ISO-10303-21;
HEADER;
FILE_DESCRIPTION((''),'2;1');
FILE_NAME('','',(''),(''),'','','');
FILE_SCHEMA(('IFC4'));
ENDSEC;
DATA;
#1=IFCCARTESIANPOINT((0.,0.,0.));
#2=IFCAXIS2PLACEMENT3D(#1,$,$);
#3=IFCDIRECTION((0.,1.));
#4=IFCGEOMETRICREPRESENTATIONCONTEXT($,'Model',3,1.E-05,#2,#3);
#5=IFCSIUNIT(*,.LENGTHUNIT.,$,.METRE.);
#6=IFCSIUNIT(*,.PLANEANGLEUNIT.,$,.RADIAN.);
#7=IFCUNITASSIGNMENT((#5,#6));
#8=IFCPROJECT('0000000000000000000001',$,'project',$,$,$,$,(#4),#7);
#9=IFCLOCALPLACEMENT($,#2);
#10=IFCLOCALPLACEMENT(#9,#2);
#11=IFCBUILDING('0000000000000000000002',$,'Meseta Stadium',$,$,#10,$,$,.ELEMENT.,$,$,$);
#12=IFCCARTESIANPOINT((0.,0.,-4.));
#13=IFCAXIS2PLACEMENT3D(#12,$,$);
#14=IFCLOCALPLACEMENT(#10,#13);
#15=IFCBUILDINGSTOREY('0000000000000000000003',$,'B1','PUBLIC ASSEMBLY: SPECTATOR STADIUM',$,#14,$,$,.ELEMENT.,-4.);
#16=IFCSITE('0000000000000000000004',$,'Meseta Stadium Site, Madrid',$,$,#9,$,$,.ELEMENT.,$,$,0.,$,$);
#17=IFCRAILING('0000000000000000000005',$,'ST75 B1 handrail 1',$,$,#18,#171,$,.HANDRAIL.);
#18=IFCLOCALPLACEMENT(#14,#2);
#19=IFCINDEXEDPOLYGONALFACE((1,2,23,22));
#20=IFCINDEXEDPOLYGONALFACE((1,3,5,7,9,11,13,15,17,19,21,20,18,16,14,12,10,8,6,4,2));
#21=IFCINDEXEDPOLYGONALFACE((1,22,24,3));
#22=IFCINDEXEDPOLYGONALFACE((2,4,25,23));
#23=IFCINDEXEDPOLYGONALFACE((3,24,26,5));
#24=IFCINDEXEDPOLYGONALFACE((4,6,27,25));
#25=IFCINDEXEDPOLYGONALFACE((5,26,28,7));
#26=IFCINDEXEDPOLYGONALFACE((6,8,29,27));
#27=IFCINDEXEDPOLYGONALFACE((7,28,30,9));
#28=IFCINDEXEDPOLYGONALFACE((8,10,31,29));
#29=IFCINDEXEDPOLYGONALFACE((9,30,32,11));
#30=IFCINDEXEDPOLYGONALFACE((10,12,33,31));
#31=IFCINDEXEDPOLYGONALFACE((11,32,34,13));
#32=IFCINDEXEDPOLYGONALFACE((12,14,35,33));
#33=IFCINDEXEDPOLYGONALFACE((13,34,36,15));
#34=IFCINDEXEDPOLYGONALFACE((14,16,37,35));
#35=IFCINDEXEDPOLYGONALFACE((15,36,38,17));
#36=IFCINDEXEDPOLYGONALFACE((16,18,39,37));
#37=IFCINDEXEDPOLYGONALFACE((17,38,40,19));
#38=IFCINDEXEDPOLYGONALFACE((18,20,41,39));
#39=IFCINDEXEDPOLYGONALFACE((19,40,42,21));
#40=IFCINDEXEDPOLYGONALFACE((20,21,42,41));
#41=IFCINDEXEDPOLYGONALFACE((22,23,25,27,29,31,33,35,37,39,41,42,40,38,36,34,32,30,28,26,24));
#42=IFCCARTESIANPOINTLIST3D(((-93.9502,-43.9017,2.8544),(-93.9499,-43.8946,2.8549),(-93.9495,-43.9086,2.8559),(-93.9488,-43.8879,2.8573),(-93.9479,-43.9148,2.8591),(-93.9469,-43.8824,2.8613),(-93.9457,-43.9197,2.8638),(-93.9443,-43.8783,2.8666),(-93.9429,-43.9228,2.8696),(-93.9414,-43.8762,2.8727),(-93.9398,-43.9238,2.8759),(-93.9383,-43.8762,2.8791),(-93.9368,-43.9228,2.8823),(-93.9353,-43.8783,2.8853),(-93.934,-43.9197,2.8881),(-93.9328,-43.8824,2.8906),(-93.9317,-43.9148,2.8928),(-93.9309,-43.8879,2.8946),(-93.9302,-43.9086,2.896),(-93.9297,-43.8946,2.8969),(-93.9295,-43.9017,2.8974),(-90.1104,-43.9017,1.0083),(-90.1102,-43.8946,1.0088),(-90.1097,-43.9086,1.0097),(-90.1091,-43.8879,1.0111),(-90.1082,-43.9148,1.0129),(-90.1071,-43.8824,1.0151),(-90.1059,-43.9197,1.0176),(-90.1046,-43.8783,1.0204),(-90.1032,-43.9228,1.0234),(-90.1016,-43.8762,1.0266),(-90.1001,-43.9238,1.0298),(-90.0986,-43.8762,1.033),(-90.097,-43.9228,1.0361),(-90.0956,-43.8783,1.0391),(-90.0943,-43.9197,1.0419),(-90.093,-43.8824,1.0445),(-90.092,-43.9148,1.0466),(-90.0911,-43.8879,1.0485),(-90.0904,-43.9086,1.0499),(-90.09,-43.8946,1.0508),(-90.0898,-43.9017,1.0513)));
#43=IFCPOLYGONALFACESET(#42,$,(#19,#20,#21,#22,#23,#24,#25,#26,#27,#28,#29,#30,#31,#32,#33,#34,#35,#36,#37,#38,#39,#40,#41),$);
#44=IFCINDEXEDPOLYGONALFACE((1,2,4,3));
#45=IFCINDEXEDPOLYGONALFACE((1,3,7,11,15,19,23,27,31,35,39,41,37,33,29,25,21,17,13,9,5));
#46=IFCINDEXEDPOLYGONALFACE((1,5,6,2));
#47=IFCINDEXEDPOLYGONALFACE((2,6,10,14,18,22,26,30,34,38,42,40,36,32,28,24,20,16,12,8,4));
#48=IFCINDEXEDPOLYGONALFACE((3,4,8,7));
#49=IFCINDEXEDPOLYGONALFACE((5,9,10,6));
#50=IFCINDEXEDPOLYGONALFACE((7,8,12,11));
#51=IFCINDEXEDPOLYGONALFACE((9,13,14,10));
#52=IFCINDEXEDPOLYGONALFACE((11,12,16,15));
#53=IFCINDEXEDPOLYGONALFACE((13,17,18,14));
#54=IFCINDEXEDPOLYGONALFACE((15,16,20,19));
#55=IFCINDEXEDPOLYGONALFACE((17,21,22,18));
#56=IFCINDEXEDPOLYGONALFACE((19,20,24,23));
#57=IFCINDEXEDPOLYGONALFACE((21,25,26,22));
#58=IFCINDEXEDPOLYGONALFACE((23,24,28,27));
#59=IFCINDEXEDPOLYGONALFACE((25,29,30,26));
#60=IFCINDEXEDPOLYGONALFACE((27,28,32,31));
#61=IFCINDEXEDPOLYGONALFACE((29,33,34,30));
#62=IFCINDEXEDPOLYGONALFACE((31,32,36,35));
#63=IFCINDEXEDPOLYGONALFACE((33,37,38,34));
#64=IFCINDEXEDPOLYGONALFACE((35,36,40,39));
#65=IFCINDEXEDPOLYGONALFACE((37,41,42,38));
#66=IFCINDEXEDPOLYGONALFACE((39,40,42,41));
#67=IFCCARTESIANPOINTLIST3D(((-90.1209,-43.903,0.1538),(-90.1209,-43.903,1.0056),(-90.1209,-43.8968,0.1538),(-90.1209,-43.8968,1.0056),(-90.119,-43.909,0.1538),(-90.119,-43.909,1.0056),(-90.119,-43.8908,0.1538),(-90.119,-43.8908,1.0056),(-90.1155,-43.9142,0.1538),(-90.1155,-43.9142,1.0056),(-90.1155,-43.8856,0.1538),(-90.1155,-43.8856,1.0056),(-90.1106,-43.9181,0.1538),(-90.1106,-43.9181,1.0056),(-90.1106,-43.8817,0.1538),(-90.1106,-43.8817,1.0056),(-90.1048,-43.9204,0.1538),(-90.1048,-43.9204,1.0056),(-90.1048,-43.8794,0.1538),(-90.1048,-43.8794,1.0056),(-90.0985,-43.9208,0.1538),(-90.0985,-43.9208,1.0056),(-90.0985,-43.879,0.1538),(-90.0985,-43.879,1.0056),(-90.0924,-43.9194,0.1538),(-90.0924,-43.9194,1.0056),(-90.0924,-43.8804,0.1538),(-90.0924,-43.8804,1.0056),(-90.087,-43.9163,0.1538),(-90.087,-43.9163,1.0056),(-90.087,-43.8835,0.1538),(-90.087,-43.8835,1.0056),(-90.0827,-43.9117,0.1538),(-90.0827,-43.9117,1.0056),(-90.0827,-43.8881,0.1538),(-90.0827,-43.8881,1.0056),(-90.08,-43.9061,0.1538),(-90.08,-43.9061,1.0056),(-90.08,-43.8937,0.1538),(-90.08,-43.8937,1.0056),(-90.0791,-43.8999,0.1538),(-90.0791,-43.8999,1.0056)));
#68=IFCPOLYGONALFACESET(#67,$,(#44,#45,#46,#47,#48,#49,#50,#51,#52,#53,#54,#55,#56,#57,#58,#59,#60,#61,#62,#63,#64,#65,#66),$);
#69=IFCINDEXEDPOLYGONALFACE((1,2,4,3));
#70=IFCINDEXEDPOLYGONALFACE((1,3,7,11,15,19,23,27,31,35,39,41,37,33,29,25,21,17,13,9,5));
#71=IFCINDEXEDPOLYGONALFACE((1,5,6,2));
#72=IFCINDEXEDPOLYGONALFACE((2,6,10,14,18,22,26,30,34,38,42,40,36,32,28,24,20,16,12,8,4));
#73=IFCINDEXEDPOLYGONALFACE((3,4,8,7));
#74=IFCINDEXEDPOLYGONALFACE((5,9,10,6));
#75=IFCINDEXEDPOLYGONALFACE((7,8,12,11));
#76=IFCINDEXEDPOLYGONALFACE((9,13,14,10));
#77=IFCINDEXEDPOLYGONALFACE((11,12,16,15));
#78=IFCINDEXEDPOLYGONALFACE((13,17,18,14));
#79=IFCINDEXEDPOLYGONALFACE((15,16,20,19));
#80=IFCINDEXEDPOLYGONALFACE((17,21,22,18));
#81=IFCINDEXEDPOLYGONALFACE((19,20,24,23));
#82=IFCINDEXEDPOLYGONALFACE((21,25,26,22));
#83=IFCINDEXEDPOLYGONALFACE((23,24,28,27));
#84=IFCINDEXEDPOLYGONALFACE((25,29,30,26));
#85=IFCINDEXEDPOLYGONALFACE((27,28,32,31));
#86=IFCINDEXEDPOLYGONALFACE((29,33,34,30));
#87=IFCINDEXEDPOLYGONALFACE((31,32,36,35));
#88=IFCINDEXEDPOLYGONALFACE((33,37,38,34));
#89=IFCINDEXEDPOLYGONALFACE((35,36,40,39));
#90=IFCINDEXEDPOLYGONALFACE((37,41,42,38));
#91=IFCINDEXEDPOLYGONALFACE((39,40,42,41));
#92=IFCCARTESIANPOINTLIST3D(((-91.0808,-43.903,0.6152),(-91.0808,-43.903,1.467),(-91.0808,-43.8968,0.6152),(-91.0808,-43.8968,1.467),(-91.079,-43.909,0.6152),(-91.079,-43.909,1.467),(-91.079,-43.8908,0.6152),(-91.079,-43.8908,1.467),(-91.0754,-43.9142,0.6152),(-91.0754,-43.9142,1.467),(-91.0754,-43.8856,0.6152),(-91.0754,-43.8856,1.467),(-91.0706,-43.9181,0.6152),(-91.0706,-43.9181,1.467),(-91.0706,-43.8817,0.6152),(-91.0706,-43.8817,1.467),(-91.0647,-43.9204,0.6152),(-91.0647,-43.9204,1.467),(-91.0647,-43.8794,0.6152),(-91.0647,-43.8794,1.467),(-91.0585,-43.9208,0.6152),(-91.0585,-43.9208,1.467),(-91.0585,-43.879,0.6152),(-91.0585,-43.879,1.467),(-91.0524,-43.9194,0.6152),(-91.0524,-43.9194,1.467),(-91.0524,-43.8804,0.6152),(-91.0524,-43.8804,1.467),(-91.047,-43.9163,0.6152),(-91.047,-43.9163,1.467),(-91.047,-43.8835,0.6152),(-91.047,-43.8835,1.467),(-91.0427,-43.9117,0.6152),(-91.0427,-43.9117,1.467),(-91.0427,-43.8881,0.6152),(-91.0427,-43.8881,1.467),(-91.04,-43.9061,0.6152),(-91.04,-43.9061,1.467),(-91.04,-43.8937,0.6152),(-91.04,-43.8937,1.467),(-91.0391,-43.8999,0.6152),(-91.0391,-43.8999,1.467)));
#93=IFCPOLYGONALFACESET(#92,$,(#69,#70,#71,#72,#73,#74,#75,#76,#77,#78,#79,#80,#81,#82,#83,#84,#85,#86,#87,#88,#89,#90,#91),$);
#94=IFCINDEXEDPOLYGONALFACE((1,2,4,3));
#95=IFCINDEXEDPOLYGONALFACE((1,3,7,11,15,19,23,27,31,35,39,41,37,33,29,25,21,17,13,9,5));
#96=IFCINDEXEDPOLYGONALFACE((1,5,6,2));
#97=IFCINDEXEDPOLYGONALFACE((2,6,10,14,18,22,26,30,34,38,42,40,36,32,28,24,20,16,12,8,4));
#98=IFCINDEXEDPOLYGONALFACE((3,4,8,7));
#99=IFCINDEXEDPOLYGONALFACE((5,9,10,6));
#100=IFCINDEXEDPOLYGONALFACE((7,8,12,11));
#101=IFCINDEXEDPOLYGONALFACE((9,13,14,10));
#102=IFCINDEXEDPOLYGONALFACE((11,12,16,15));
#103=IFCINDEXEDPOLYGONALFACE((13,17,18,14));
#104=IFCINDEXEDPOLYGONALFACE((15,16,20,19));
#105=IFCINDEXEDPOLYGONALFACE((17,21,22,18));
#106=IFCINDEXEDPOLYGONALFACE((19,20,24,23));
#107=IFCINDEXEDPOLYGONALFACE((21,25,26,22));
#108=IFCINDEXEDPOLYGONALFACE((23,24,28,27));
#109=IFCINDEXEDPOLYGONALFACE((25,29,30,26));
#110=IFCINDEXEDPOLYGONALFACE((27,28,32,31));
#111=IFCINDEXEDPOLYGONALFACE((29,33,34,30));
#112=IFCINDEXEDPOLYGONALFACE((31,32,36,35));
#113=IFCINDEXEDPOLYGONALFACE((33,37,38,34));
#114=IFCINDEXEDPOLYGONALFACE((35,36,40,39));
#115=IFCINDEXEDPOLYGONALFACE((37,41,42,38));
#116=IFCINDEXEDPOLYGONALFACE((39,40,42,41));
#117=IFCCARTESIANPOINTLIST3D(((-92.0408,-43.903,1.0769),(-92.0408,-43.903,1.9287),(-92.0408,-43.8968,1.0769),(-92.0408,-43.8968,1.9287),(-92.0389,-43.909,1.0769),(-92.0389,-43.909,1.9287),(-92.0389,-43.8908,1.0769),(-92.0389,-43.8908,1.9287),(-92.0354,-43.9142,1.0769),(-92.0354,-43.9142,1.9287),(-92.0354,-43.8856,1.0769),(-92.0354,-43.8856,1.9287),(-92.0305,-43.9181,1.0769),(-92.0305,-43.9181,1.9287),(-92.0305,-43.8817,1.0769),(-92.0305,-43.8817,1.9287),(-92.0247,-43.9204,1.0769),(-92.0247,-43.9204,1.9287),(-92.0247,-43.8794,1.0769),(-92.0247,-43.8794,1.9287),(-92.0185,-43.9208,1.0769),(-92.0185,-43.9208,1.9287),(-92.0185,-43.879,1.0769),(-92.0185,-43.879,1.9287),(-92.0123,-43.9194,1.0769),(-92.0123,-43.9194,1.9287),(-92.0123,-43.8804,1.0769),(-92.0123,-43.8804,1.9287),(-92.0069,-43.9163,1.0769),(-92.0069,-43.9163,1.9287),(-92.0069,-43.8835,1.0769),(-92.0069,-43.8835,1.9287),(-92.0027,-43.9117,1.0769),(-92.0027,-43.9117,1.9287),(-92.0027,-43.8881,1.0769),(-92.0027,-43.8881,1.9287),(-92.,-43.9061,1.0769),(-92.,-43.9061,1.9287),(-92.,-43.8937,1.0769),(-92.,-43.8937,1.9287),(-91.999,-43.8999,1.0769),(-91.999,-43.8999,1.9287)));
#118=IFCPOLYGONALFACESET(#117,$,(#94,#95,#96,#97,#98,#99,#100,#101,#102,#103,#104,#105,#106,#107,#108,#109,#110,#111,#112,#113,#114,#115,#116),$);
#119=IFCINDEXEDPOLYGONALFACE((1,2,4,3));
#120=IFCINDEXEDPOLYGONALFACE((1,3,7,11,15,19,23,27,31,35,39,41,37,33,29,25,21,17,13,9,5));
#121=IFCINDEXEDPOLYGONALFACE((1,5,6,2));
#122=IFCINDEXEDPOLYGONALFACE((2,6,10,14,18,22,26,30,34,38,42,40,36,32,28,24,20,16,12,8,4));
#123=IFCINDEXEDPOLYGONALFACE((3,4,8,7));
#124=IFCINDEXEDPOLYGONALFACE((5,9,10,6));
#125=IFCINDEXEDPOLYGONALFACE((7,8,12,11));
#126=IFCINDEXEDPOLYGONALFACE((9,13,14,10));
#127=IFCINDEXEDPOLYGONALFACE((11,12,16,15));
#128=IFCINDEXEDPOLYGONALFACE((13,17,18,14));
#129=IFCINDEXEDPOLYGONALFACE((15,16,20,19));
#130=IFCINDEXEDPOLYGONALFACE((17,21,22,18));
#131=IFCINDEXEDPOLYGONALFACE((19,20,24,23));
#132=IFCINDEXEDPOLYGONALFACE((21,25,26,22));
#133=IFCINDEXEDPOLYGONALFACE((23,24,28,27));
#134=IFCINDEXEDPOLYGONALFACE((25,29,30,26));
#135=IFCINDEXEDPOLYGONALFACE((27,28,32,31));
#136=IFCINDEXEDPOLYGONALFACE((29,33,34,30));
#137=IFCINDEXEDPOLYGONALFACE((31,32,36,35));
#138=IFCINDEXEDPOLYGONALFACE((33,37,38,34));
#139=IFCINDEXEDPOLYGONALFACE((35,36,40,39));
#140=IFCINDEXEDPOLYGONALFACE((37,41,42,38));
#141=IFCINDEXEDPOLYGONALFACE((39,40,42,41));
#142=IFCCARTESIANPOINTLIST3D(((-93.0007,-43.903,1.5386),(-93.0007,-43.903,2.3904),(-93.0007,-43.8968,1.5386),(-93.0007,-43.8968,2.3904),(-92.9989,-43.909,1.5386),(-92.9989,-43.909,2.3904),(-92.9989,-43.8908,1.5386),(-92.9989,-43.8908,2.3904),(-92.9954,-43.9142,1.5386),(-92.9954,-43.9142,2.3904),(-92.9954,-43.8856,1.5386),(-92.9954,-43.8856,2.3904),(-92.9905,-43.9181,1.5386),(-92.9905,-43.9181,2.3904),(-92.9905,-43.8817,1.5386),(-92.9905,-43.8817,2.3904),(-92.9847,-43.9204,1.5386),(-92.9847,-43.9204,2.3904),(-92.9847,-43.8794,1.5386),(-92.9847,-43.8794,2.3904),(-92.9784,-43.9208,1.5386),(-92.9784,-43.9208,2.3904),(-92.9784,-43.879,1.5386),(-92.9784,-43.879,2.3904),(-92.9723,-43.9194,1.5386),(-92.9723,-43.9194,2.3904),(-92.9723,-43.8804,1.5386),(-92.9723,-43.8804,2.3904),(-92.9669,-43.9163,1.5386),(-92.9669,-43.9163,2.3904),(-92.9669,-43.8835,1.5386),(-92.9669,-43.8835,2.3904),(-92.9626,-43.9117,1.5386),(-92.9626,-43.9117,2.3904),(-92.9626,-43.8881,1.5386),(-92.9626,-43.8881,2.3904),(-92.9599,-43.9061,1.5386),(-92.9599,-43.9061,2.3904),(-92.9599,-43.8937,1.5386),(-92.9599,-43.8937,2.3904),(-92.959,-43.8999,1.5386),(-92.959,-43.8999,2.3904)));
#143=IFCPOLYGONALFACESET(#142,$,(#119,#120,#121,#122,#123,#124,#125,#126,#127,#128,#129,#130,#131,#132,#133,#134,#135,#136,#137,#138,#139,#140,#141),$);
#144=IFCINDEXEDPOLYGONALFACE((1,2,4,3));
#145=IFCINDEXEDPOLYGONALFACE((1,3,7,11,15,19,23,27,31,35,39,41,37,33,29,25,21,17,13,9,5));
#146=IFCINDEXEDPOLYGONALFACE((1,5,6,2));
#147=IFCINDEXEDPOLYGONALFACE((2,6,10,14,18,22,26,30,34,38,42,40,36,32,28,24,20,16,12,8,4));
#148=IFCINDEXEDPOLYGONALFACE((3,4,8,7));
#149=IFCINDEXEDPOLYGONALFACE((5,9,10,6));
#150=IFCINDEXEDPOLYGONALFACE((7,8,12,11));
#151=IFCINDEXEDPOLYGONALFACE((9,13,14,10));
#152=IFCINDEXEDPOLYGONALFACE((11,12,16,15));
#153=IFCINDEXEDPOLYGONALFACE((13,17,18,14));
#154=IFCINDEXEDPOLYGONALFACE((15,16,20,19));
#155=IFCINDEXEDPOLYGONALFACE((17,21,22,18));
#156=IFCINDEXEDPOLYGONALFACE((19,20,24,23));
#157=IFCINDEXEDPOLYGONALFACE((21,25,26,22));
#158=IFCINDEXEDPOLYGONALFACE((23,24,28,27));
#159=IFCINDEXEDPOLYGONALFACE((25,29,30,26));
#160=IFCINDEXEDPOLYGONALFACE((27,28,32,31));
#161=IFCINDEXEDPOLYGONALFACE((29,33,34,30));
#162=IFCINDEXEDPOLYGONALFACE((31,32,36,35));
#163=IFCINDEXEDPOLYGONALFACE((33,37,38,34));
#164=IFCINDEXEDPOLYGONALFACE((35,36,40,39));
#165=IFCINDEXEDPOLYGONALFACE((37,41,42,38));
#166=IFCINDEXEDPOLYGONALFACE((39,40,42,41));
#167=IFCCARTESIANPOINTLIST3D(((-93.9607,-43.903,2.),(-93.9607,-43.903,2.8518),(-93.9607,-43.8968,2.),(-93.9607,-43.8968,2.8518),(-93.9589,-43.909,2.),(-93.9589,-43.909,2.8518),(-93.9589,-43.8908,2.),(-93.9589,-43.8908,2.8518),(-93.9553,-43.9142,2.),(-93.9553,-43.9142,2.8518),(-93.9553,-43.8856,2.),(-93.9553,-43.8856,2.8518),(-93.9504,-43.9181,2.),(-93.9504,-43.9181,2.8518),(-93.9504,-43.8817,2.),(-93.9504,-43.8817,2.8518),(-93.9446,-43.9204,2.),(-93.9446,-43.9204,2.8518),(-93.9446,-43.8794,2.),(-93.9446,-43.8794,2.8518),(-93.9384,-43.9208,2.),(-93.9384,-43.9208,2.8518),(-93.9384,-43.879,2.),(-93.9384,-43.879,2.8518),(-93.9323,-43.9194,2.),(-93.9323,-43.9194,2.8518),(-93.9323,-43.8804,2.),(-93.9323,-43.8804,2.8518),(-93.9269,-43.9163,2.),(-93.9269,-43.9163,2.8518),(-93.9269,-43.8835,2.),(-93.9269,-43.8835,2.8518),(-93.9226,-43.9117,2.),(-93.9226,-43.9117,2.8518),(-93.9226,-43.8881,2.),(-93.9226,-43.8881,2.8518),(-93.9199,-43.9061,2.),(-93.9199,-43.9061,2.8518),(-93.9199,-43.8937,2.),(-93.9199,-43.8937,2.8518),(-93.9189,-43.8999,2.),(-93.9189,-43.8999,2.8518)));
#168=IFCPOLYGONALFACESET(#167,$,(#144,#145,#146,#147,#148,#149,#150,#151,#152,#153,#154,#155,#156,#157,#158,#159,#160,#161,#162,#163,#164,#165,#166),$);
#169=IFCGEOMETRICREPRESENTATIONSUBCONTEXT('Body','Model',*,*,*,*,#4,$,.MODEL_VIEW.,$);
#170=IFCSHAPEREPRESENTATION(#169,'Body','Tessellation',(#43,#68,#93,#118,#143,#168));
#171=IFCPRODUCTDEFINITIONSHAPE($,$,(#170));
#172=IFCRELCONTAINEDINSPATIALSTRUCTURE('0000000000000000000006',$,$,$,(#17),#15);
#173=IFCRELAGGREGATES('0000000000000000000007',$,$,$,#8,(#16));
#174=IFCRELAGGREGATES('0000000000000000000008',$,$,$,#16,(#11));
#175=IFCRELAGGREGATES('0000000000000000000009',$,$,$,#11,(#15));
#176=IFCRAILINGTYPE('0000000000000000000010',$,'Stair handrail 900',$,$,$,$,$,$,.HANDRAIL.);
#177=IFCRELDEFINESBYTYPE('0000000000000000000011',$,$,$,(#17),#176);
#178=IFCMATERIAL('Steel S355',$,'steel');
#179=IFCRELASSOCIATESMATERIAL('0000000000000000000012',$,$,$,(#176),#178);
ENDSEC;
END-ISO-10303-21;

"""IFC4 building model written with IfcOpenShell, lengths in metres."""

from ifc_helpers import new_model, si_unit, direction, frame, origin, origin_2d, place, context, subcontext, project, spatial, circle, extrude, material, type_object, element, save


model = new_model("IFC4")

# Units and contexts
model_context = context("Model", 3, precision=1e-05, world=origin(), true_north=direction((0.0, 1.0)))
body_context = subcontext(model_context, "Body", "Model", "MODEL_VIEW")
ifc_project = project(units=[si_unit("LENGTHUNIT", "METRE"), si_unit("PLANEANGLEUNIT", "RADIAN")], contexts=[model_context])

# Site, building, storey
site_placement = place(None, origin())
site = spatial("IfcSite", under=ifc_project, at=site_placement, Name="Meseta Stadium Site, Madrid", CompositionType="ELEMENT", RefElevation=0.0)
building_placement = place(site_placement, origin())
building = spatial("IfcBuilding", under=site, at=building_placement, Name="Meseta Stadium", CompositionType="ELEMENT")
storey_placement = place(building_placement, frame((0.0, 0.0, -4.0)))
storey = spatial("IfcBuildingStorey", under=building, at=storey_placement, Name="B1", Description="PUBLIC ASSEMBLY: SPECTATOR STADIUM", CompositionType="ELEMENT", Elevation=-4.0)

# Railing
ifc_material_1 = material(Name="Steel S355", Category="steel")
railing_type_1 = type_object("IfcRailingType", Name="Stair handrail 900", PredefinedType="HANDRAIL", material=ifc_material_1)
railing_1_placement = place(storey_placement, frame((-90.1001, -43.8999, 0.1538)))
element("IfcRailing", 1, at=railing_1_placement, inside=storey, type_object=railing_type_1, Name="ST75 B1 handrail 1", PredefinedType="HANDRAIL", context=body_context, shape_type="SweptSolid", body=[
    extrude(circle(Radius=0.0239, at=origin_2d()), frame((0.0, 0.0, 0.876), z_axis=(-0.901242, 0.0, 0.433316), x_axis=(0.0, -1.0, 0.0)), (0.0, 0.0, 1.0), 4.2605),
    extrude(circle(Radius=0.021, at=origin_2d()), origin(), (0.0, 0.0, 1.0), 0.8518),
    extrude(circle(Radius=0.021, at=origin_2d()), frame((-0.96, 0.0, 0.4614)), (0.0, 0.0, 1.0), 0.8518),
    extrude(circle(Radius=0.021, at=origin_2d()), frame((-1.9199, 0.0, 0.9231)), (0.0, 0.0, 1.0), 0.8518),
    extrude(circle(Radius=0.021, at=origin_2d()), frame((-2.8799, 0.0, 1.3848)), (0.0, 0.0, 1.0), 0.8518),
    extrude(circle(Radius=0.021, at=origin_2d()), frame((-3.8398, 0.0, 1.8462)), (0.0, 0.0, 1.0), 0.8518),
])

save(model, "model.ifc")
